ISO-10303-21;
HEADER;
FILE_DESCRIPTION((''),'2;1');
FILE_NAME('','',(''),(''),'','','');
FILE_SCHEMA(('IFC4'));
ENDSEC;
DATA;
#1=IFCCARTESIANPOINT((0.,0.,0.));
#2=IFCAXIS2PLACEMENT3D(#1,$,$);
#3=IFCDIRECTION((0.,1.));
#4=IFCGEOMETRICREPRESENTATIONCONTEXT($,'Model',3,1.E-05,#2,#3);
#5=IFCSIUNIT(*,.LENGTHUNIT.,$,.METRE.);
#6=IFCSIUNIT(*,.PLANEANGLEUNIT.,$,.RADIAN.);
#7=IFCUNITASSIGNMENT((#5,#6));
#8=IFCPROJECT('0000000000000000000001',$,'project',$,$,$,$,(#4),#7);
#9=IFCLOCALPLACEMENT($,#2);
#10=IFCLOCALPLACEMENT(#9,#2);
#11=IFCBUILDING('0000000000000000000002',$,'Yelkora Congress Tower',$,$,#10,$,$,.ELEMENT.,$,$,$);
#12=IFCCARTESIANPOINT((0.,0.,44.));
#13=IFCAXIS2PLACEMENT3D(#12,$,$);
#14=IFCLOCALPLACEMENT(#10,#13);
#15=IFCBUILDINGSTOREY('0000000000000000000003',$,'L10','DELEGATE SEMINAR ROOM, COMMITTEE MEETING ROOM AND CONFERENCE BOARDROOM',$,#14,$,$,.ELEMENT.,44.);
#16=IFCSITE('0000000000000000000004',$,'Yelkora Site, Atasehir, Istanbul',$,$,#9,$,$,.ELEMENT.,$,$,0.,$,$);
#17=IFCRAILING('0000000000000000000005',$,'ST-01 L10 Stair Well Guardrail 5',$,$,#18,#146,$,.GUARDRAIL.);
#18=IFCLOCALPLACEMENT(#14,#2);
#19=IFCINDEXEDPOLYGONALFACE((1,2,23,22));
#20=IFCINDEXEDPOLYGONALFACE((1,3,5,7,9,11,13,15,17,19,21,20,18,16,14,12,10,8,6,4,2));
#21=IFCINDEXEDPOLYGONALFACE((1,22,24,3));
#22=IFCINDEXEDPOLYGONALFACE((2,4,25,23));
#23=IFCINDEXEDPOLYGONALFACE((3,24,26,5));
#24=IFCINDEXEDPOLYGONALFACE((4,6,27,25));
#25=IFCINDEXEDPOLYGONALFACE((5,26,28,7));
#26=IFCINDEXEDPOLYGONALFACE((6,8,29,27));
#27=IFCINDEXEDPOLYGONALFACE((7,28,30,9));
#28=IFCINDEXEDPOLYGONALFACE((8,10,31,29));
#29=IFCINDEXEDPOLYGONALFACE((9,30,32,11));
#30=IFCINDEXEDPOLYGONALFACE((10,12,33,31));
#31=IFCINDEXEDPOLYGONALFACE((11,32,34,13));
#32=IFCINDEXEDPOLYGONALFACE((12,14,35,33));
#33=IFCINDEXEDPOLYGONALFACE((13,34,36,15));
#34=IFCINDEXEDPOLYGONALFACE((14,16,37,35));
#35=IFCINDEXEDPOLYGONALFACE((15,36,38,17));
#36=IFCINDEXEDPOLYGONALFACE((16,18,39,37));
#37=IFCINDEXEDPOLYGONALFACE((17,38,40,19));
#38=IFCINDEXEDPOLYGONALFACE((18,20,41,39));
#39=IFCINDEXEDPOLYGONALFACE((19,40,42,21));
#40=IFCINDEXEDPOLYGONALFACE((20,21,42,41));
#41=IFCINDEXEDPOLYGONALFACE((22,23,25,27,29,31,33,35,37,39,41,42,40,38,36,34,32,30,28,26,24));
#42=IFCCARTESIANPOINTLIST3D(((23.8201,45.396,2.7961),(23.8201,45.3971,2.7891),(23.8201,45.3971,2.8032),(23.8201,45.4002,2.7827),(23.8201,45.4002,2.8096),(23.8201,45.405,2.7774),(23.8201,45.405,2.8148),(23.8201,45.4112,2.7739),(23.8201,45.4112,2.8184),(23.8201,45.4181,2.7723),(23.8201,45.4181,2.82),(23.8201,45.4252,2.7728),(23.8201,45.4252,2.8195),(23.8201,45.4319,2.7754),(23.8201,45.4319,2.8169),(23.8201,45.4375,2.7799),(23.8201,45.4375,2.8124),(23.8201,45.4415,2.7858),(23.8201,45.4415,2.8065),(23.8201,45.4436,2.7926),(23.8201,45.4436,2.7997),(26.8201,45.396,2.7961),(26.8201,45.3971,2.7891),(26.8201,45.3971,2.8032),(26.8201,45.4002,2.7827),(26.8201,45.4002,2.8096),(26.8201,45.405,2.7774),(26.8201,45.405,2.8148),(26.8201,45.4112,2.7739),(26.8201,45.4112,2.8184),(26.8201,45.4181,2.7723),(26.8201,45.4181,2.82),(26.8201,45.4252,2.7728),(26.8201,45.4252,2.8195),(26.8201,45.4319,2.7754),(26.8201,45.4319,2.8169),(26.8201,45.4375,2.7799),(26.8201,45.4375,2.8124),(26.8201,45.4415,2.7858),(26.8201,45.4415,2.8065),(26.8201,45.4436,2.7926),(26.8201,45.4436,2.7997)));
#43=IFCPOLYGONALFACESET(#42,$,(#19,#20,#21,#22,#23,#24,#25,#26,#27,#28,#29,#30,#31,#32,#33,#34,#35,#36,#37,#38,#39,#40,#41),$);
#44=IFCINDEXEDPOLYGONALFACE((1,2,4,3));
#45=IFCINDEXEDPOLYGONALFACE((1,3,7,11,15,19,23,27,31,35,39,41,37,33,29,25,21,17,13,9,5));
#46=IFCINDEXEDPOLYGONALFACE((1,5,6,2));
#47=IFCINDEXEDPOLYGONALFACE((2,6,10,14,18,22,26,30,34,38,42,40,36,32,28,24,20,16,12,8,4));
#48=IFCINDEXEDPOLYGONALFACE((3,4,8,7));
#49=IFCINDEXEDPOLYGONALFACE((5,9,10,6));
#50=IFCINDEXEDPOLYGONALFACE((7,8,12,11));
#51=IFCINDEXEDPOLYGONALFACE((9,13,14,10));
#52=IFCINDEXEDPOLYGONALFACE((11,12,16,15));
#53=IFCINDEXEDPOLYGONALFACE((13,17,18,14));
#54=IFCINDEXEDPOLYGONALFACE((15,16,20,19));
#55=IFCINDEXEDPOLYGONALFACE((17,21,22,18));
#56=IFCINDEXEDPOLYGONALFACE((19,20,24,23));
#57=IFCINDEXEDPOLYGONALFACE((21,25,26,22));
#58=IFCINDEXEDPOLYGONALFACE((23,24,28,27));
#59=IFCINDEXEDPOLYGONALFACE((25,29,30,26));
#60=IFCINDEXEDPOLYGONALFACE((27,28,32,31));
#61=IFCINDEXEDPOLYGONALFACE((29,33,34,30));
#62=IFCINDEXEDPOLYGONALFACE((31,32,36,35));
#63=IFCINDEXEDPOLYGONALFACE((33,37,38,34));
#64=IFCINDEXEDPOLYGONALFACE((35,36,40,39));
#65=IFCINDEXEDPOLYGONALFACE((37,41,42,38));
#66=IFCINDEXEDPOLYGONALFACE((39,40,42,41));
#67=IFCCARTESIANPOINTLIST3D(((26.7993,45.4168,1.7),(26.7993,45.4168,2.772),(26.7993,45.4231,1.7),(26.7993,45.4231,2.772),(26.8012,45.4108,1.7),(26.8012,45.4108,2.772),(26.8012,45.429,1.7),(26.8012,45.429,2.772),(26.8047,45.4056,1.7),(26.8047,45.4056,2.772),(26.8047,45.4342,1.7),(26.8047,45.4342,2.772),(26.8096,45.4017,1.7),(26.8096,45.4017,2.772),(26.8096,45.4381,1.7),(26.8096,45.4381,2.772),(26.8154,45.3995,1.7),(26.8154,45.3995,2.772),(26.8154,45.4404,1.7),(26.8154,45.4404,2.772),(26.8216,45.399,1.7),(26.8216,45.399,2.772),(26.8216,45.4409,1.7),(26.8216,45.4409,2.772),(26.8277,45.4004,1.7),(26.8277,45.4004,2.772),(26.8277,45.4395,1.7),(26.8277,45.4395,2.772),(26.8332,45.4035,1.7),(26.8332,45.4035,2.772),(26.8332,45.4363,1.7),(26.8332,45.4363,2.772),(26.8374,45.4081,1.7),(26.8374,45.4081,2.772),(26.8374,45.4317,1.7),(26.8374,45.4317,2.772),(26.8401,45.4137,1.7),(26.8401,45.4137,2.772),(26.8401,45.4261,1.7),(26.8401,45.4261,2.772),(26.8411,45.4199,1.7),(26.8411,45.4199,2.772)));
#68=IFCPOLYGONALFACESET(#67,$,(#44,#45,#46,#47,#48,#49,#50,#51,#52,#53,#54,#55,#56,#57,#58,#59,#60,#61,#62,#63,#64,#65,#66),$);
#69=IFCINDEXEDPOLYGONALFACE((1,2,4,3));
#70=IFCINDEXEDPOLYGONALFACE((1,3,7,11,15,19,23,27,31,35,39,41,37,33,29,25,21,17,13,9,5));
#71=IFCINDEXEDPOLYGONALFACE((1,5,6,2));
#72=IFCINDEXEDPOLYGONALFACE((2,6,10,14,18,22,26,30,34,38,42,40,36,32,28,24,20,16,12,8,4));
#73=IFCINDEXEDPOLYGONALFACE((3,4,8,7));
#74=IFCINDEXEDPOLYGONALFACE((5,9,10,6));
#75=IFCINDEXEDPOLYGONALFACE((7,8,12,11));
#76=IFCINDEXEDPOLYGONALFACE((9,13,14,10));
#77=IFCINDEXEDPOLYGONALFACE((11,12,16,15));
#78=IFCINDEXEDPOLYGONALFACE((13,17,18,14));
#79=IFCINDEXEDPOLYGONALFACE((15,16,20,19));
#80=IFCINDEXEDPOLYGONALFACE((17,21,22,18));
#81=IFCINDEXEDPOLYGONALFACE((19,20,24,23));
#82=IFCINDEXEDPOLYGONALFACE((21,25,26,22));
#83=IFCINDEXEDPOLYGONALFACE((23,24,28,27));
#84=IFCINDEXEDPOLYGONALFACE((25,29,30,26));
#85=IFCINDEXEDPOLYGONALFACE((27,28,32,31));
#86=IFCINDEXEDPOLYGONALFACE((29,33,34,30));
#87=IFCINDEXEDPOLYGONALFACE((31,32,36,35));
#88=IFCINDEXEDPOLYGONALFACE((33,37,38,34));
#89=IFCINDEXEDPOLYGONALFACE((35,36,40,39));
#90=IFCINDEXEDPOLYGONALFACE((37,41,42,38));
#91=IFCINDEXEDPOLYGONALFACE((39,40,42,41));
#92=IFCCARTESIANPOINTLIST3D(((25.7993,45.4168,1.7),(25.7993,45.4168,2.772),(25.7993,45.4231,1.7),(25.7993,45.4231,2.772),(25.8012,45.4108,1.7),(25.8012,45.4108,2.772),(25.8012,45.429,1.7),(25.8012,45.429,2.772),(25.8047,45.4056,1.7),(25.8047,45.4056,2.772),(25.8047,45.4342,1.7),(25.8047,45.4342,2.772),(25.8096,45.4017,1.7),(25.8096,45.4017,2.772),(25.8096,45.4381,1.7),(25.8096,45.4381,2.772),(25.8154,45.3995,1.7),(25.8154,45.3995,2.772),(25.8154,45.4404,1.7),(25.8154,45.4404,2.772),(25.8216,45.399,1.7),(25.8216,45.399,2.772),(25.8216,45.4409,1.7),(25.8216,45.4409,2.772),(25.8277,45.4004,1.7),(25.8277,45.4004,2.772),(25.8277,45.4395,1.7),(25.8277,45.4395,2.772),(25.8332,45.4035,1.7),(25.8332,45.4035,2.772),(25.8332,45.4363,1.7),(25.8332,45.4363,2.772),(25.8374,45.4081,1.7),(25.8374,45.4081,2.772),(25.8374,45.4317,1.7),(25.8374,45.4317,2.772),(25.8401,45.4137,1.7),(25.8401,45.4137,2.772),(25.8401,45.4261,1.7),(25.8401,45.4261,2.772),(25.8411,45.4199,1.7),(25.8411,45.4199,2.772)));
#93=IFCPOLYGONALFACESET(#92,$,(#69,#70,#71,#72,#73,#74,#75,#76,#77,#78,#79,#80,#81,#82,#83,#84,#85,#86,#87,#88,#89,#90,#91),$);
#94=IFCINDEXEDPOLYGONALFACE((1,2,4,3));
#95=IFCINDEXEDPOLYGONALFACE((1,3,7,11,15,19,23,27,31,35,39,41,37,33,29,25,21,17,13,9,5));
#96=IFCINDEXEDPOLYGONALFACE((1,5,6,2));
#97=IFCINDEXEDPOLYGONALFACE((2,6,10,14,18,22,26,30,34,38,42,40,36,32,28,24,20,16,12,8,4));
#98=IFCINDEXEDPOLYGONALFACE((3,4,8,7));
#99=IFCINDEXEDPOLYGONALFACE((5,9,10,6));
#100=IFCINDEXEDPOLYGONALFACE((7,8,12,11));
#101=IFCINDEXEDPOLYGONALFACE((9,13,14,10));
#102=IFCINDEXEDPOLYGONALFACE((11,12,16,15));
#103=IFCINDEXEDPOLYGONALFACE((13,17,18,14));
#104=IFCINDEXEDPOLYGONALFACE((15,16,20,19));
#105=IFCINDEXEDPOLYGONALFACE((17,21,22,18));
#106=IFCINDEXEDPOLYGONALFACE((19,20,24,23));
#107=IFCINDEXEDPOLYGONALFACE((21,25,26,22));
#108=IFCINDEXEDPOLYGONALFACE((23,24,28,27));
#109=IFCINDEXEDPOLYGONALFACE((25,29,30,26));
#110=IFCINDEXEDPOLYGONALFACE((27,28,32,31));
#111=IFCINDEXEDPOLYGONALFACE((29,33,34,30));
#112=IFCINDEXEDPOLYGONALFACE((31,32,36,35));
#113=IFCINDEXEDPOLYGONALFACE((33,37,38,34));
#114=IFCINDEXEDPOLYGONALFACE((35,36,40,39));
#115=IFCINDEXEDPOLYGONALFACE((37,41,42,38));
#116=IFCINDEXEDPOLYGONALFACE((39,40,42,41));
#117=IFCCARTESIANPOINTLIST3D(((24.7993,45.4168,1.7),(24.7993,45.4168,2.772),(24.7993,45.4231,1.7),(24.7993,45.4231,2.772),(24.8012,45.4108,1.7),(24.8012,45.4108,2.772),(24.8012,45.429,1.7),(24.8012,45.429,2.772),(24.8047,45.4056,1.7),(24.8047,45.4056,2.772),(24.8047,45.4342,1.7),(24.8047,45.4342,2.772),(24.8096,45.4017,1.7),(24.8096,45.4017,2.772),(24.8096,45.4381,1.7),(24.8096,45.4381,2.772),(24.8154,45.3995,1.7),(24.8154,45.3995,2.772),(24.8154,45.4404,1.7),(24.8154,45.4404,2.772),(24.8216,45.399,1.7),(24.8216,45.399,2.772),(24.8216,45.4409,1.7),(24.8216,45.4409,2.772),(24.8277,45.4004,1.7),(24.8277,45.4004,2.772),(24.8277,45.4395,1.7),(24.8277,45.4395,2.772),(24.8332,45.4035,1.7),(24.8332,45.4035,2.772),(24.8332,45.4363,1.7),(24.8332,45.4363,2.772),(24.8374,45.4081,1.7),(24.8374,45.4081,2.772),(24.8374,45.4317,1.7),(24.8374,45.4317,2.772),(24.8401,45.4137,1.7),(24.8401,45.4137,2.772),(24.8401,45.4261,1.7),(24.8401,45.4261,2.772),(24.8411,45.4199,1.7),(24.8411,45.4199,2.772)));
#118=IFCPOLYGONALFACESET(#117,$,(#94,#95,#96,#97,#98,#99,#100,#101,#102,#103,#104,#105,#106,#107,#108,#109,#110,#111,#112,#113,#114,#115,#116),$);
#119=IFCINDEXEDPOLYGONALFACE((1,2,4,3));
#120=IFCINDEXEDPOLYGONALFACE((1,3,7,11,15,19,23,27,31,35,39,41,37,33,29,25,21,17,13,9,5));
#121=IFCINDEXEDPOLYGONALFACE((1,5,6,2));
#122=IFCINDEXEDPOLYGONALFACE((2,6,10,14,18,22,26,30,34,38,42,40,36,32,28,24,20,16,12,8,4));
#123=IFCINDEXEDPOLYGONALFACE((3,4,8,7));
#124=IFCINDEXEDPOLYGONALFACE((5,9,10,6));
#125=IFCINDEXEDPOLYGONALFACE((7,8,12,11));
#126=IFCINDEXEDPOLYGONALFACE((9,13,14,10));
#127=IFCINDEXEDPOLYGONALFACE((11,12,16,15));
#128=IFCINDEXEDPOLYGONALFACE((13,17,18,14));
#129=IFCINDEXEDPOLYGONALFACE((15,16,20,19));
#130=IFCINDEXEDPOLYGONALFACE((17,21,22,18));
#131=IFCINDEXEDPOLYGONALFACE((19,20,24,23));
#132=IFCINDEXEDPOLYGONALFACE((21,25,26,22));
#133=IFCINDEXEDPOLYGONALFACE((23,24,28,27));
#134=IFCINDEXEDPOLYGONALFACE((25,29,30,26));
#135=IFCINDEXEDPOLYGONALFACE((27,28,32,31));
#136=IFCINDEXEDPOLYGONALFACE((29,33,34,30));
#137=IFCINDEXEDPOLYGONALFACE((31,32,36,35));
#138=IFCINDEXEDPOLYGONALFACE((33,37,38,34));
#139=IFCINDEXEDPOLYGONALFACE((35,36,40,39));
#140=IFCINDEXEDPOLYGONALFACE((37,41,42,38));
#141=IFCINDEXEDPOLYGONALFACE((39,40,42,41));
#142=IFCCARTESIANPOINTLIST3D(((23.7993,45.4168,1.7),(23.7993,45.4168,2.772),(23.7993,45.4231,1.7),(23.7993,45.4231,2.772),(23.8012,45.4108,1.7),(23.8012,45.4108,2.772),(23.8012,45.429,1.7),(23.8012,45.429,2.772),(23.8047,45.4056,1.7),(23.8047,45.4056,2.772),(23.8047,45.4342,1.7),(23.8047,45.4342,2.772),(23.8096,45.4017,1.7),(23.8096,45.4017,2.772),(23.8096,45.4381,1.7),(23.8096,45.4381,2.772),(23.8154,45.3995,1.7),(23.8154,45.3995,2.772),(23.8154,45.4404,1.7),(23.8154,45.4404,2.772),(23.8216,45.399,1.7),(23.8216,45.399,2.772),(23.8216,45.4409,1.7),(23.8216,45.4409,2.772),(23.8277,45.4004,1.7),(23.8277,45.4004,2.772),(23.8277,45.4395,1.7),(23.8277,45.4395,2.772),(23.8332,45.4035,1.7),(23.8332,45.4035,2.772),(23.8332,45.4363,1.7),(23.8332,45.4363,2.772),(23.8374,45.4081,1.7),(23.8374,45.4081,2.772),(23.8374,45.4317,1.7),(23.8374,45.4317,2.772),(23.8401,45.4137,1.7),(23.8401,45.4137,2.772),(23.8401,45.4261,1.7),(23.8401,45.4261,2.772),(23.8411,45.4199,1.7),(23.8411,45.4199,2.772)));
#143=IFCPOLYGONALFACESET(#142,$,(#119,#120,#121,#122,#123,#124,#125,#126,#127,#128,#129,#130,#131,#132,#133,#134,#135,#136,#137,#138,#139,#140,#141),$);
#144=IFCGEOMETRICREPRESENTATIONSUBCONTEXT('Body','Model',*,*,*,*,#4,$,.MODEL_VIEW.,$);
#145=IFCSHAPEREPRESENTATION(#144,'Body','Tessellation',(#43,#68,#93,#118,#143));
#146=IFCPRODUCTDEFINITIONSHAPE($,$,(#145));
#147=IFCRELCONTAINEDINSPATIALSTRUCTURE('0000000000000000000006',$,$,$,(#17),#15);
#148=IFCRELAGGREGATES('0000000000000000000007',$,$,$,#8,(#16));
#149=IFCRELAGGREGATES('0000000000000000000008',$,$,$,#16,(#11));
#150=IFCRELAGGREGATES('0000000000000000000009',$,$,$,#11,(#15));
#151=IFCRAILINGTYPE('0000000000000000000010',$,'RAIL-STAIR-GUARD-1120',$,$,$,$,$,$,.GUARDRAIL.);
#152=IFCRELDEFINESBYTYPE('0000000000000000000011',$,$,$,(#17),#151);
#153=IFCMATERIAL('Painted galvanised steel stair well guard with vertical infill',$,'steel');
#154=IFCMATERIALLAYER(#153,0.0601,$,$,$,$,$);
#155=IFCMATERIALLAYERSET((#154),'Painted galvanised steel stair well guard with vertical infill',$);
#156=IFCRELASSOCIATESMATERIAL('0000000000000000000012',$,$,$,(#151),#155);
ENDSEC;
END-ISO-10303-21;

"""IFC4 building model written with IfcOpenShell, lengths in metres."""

from ifc_helpers import new_model, si_unit, direction, frame, origin, origin_2d, place, context, subcontext, project, spatial, circle, extrude, material, layer, layer_set, type_object, element, save


model = new_model("IFC4")

# Units and contexts
model_context = context("Model", 3, precision=1e-05, world=origin(), true_north=direction((0.0, 1.0)))
body_context = subcontext(model_context, "Body", "Model", "MODEL_VIEW")
ifc_project = project(units=[si_unit("LENGTHUNIT", "METRE"), si_unit("PLANEANGLEUNIT", "RADIAN")], contexts=[model_context])

# Site, building, storey
site_placement = place(None, origin())
site = spatial("IfcSite", under=ifc_project, at=site_placement, Name="Yelkora Site, Atasehir, Istanbul", CompositionType="ELEMENT", RefElevation=0.0)
building_placement = place(site_placement, origin())
building = spatial("IfcBuilding", under=site, at=building_placement, Name="Yelkora Congress Tower", CompositionType="ELEMENT")
storey_placement = place(building_placement, frame((0.0, 0.0, 44.0)))
storey = spatial("IfcBuildingStorey", under=building, at=storey_placement, Name="L10", Description="DELEGATE SEMINAR ROOM, COMMITTEE MEETING ROOM AND CONFERENCE BOARDROOM", CompositionType="ELEMENT", Elevation=44.0)

# Railing
ifc_material_1 = material(Name="Painted galvanised steel stair well guard with vertical infill", Category="steel")
ifc_layer_1 = layer(ifc_material_1, 0.0601)
ifc_layer_set_1 = layer_set([ifc_layer_1], Name="Painted galvanised steel stair well guard with vertical infill")
railing_type_1 = type_object("IfcRailingType", Name="RAIL-STAIR-GUARD-1120", PredefinedType="GUARDRAIL", material=ifc_layer_set_1)
railing_1_placement = place(storey_placement, frame((26.8201, 45.4199, 1.7)))
element("IfcRailing", 1, at=railing_1_placement, inside=storey, type_object=railing_type_1, Name="ST-01 L10 Stair Well Guardrail 5", PredefinedType="GUARDRAIL", context=body_context, shape_type="SweptSolid", body=[
    extrude(circle(Radius=0.0239, at=origin_2d()), frame((0.0, 0.0, 1.0962), z_axis=(-1.0, 0.0, 0.0), x_axis=(0.0, -1.0, 0.0)), (0.0, 0.0, 1.0), 3.0),
    extrude(circle(Radius=0.021, at=origin_2d()), origin(), (0.0, 0.0, 1.0), 1.072),
    extrude(circle(Radius=0.021, at=origin_2d()), frame((-1.0, 0.0, 0.0)), (0.0, 0.0, 1.0), 1.072),
    extrude(circle(Radius=0.021, at=origin_2d()), frame((-2.0, 0.0, 0.0)), (0.0, 0.0, 1.0), 1.072),
    extrude(circle(Radius=0.021, at=origin_2d()), frame((-3.0, 0.0, 0.0)), (0.0, 0.0, 1.0), 1.072),
])

save(model, "model.ifc")
